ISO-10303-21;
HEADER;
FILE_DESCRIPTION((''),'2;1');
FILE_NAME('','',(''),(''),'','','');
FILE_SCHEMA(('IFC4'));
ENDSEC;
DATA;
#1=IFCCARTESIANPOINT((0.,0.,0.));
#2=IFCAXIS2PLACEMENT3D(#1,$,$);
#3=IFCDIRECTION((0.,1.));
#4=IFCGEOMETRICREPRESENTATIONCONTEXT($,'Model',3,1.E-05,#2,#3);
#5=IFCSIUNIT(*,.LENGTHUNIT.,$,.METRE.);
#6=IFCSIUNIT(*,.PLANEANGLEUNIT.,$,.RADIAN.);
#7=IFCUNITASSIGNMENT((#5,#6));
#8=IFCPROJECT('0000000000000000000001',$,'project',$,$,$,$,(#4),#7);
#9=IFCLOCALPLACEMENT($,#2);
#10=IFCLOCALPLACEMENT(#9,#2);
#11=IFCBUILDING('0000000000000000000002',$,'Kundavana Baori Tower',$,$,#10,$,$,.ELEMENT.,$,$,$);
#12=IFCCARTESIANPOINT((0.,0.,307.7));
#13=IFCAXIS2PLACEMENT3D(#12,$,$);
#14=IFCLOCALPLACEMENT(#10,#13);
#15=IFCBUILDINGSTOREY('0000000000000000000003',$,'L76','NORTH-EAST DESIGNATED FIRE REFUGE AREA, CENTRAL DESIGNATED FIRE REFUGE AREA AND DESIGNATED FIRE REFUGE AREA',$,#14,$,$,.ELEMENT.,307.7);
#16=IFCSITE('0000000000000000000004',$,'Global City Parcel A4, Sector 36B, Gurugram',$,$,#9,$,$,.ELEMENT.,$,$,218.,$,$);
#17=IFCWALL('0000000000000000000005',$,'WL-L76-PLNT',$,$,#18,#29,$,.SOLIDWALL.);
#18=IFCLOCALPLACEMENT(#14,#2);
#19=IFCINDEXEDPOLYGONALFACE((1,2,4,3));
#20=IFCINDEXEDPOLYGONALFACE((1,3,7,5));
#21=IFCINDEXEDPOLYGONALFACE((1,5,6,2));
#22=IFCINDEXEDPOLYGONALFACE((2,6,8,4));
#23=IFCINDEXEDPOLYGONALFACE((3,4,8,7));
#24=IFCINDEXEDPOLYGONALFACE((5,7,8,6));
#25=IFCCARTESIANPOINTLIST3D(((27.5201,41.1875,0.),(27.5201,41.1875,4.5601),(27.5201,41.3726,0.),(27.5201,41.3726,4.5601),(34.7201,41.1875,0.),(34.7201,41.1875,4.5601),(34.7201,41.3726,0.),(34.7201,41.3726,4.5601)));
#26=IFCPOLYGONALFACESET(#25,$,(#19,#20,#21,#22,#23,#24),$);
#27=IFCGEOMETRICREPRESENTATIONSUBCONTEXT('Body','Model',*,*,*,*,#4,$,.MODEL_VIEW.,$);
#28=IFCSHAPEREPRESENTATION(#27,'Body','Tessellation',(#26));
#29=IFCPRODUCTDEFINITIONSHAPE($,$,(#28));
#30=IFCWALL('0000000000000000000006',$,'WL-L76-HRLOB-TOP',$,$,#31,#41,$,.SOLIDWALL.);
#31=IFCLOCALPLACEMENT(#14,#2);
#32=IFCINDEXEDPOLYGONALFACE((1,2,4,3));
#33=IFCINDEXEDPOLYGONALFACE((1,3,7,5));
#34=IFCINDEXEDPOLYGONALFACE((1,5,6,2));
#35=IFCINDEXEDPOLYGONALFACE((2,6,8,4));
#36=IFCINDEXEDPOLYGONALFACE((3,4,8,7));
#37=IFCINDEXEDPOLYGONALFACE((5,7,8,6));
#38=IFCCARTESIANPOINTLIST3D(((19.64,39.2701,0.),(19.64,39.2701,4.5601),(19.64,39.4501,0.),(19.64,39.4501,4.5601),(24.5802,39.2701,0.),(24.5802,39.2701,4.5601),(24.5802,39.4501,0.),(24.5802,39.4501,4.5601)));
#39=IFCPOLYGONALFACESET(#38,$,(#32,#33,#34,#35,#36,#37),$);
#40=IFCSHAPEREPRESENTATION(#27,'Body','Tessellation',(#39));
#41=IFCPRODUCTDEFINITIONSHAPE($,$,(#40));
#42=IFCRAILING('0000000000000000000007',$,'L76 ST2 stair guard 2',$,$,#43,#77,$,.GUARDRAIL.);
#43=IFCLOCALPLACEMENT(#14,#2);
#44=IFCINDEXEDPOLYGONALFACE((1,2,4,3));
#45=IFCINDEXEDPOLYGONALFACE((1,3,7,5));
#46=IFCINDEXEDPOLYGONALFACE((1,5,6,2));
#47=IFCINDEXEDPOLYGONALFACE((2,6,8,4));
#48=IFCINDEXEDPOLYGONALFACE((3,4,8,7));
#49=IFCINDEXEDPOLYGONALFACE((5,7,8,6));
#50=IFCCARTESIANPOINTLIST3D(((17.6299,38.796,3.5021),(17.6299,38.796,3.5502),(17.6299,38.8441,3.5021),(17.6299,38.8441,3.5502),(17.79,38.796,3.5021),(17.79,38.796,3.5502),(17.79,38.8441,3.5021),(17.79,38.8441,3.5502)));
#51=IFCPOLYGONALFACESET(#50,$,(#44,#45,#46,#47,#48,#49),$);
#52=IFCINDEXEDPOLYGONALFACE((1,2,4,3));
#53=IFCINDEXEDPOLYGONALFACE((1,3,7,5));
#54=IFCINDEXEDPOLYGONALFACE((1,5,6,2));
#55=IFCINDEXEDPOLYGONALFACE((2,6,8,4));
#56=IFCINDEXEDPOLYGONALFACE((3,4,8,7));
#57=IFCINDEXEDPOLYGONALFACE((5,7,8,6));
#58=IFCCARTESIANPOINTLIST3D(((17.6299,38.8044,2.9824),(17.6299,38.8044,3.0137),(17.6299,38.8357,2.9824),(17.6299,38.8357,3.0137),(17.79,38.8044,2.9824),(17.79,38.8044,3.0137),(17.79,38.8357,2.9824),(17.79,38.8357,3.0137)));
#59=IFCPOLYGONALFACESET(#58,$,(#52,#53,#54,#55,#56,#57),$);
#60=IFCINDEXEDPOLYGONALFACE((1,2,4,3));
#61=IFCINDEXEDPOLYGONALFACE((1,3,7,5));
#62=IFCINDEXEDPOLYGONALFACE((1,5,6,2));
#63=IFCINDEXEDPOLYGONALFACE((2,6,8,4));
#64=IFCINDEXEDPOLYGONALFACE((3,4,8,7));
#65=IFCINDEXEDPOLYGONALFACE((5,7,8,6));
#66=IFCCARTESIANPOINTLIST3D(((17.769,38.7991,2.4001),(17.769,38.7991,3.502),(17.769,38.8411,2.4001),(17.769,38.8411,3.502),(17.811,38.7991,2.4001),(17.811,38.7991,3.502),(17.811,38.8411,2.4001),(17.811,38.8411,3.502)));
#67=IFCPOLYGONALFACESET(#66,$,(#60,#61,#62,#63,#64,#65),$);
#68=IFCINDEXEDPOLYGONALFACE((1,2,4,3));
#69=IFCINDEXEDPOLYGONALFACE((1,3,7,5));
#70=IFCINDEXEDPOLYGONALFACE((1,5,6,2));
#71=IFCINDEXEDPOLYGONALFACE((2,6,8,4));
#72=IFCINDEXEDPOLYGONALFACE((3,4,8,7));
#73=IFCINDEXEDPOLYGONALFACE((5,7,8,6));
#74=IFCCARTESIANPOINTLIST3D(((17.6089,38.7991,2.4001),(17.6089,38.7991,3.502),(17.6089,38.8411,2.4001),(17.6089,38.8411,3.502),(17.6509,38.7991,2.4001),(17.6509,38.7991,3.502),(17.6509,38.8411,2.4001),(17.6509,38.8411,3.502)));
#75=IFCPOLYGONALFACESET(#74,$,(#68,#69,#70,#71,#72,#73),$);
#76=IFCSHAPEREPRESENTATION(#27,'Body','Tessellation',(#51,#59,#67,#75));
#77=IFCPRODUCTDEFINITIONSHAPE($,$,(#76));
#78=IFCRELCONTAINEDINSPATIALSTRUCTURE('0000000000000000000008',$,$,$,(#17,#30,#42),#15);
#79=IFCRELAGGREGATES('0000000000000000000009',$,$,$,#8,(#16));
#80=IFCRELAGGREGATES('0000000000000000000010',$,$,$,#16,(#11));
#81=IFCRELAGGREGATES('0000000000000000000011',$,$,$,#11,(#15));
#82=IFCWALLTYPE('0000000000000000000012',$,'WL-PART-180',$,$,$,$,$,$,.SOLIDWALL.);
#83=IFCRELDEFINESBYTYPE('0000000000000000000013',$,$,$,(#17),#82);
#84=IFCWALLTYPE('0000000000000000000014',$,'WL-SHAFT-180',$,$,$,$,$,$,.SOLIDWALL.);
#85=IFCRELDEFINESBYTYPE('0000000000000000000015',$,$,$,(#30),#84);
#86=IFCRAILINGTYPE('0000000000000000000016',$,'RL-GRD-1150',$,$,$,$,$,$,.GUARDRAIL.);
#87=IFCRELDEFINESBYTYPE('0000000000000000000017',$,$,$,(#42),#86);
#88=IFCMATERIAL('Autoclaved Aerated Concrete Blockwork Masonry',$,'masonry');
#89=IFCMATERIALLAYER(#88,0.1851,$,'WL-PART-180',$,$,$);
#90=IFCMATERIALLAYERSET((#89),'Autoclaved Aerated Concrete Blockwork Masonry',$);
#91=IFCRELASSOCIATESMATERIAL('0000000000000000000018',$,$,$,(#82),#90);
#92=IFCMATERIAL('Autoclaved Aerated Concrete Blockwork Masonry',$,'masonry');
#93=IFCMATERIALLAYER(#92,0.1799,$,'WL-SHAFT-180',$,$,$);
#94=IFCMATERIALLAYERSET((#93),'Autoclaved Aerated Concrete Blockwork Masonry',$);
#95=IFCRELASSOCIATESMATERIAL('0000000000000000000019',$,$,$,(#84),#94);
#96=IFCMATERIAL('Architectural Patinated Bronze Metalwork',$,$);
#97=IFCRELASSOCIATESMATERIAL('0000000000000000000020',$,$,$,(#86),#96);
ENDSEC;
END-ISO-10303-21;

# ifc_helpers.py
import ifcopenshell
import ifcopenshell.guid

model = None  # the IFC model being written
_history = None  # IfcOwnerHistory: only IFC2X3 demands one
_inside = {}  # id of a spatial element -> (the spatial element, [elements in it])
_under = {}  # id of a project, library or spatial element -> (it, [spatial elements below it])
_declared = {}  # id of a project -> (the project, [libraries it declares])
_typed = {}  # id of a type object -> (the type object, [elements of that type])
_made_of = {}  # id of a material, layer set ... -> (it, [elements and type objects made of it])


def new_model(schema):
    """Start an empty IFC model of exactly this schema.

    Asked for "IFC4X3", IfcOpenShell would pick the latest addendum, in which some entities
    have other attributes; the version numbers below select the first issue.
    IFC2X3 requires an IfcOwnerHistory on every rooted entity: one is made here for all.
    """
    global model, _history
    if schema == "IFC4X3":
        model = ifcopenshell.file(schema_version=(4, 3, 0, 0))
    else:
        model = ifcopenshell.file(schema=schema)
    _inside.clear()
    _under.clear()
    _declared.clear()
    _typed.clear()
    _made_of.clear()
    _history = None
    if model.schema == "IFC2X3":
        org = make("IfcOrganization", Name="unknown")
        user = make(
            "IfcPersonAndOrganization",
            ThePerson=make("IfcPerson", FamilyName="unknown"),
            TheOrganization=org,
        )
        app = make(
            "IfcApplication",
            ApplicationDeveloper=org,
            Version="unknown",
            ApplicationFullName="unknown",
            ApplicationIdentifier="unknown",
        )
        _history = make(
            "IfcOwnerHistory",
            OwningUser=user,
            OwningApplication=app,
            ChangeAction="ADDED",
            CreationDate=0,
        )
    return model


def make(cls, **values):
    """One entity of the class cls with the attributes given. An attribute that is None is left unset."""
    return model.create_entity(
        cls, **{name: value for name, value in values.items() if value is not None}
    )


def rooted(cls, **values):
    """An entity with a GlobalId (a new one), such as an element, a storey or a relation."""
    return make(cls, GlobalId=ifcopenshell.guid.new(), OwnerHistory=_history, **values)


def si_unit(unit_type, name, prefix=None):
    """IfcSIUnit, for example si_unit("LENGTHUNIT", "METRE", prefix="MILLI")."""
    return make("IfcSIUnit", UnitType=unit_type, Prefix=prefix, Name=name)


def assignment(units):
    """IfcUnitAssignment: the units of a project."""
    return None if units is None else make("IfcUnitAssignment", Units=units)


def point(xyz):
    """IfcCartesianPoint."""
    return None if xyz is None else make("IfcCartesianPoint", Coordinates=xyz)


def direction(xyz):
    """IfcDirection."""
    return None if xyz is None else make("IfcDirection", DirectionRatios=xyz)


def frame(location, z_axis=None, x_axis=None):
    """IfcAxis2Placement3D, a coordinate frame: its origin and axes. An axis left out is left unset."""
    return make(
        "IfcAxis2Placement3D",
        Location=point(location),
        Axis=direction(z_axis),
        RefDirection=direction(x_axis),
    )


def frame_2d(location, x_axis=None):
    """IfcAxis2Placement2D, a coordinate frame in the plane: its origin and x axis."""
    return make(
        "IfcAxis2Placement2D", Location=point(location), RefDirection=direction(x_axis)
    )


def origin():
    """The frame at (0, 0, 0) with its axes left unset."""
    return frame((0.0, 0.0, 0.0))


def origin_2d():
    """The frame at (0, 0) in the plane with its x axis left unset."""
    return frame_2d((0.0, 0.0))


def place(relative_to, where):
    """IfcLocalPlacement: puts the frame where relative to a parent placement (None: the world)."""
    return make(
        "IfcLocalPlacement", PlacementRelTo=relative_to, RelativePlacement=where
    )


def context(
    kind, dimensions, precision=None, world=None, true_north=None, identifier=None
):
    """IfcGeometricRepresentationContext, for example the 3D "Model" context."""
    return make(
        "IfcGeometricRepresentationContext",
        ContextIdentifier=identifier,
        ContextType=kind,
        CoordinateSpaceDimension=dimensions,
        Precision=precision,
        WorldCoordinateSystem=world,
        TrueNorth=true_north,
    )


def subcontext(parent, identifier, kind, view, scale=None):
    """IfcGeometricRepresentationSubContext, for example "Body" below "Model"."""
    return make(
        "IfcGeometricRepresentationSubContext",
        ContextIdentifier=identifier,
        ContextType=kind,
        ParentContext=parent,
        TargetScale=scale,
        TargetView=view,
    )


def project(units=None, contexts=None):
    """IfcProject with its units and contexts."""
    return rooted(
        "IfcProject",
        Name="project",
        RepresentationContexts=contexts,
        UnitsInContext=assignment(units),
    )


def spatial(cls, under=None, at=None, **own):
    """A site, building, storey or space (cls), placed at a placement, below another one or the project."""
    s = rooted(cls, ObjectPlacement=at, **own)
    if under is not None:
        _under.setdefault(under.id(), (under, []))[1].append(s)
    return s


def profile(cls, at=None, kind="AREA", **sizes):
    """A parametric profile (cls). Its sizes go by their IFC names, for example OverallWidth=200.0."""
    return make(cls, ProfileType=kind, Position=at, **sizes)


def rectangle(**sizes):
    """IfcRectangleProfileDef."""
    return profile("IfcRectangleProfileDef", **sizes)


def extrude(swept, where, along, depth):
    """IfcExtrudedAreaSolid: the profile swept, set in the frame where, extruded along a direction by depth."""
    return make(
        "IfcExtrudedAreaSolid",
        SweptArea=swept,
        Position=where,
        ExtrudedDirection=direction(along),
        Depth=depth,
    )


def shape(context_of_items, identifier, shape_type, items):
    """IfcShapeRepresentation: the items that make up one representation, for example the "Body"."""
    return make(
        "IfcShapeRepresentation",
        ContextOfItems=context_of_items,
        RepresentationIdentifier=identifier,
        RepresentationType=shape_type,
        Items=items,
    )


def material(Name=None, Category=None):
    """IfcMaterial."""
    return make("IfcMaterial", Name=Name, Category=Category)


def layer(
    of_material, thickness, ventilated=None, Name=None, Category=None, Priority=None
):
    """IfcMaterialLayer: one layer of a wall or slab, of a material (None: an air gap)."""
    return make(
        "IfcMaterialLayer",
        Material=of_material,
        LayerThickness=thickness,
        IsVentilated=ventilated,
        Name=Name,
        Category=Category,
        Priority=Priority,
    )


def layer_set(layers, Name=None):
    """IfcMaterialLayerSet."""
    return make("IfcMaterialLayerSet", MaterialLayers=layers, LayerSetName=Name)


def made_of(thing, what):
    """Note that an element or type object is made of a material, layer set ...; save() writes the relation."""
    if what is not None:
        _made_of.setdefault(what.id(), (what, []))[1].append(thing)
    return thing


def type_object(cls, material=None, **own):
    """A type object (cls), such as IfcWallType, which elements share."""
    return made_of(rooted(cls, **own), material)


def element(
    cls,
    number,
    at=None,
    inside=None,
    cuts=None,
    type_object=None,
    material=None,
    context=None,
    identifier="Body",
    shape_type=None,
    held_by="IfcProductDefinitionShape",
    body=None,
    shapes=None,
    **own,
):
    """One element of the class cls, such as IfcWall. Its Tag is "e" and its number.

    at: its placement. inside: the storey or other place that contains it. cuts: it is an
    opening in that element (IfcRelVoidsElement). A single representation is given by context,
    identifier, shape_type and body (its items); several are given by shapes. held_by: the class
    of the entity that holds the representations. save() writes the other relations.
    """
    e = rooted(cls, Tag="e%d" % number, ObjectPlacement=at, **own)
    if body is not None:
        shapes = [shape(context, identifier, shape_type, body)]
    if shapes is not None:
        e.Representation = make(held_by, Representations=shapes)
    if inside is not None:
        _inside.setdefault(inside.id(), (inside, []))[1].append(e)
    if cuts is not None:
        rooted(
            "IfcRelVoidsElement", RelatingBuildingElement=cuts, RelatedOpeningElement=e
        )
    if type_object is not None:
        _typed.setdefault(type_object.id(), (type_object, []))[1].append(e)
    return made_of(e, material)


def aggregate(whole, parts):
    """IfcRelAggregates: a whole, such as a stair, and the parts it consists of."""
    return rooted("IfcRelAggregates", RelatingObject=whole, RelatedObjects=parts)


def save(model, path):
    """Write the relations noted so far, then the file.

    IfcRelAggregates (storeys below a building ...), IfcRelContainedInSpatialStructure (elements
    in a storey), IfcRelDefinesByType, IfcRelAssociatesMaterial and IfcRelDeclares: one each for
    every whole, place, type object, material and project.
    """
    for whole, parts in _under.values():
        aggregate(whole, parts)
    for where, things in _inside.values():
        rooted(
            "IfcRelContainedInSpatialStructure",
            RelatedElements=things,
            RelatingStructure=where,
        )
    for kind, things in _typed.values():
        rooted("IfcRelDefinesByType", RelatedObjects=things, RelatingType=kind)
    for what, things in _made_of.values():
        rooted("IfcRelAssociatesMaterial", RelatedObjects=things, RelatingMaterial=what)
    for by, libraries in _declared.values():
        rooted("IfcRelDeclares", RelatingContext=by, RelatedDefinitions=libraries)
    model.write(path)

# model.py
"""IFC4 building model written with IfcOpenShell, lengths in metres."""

from ifc_helpers import new_model, si_unit, direction, frame, frame_2d, origin, origin_2d, place, context, subcontext, project, spatial, rectangle, extrude, material, layer, layer_set, type_object, element, save


model = new_model("IFC4")

# Units and contexts
model_context = context("Model", 3, precision=1e-05, world=origin(), true_north=direction((0.0, 1.0)))
body_context = subcontext(model_context, "Body", "Model", "MODEL_VIEW")
ifc_project = project(units=[si_unit("LENGTHUNIT", "METRE"), si_unit("PLANEANGLEUNIT", "RADIAN")], contexts=[model_context])

# Site, building, storey
site_placement = place(None, origin())
site = spatial("IfcSite", under=ifc_project, at=site_placement, Name="Global City Parcel A4, Sector 36B, Gurugram", CompositionType="ELEMENT", RefElevation=218.0)
building_placement = place(site_placement, origin())
building = spatial("IfcBuilding", under=site, at=building_placement, Name="Kundavana Baori Tower", CompositionType="ELEMENT")
storey_placement = place(building_placement, frame((0.0, 0.0, 307.7)))
storey = spatial("IfcBuildingStorey", under=building, at=storey_placement, Name="L76", Description="NORTH-EAST DESIGNATED FIRE REFUGE AREA, CENTRAL DESIGNATED FIRE REFUGE AREA AND DESIGNATED FIRE REFUGE AREA", CompositionType="ELEMENT", Elevation=307.7)

# Walls
ifc_material_1 = material(Name="Autoclaved Aerated Concrete Blockwork Masonry", Category="masonry")
ifc_layer_1 = layer(ifc_material_1, 0.1851, Name="WL-PART-180")
ifc_layer_set_1 = layer_set([ifc_layer_1], Name="Autoclaved Aerated Concrete Blockwork Masonry")
wall_type_1 = type_object("IfcWallType", Name="WL-PART-180", PredefinedType="SOLIDWALL", material=ifc_layer_set_1)
wall_1_placement = place(storey_placement, frame((27.52, 41.28, 0.0), z_axis=(0.0, 0.0, 1.0), x_axis=(1.0, 0.0, 0.0)))
element("IfcWall", 1, at=wall_1_placement, inside=storey, type_object=wall_type_1, Name="WL-L76-PLNT", PredefinedType="SOLIDWALL", context=body_context, shape_type="SweptSolid", body=[
    extrude(rectangle(XDim=7.2, YDim=0.1851, at=frame_2d((3.6001, 0.0))), origin(), (0.0, 0.0, 1.0), 4.5601),
])
ifc_material_2 = material(Name="Autoclaved Aerated Concrete Blockwork Masonry", Category="masonry")
ifc_layer_2 = layer(ifc_material_2, 0.1799, Name="WL-SHAFT-180")
ifc_layer_set_2 = layer_set([ifc_layer_2], Name="Autoclaved Aerated Concrete Blockwork Masonry")
wall_type_2 = type_object("IfcWallType", Name="WL-SHAFT-180", PredefinedType="SOLIDWALL", material=ifc_layer_set_2)
wall_2_placement = place(storey_placement, frame((19.6399, 39.3601, 0.0), z_axis=(0.0, 0.0, 1.0), x_axis=(1.0, 0.0, 0.0)))
element("IfcWall", 2, at=wall_2_placement, inside=storey, type_object=wall_type_2, Name="WL-L76-HRLOB-TOP", PredefinedType="SOLIDWALL", context=body_context, shape_type="SweptSolid", body=[
    extrude(rectangle(XDim=4.9402, YDim=0.1799, at=frame_2d((2.4702, 0.0))), origin(), (0.0, 0.0, 1.0), 4.5601),
])

# Railing
ifc_material_3 = material(Name="Architectural Patinated Bronze Metalwork")
railing_type = type_object("IfcRailingType", Name="RL-GRD-1150", PredefinedType="GUARDRAIL", material=ifc_material_3)
railing_placement = place(storey_placement, frame((17.79, 38.8201, 2.4001)))
element("IfcRailing", 3, at=railing_placement, inside=storey, type_object=railing_type, Name="L76 ST2 stair guard 2", PredefinedType="GUARDRAIL", context=body_context, shape_type="SweptSolid", body=[
    extrude(rectangle(XDim=0.0481, YDim=0.0481, at=origin_2d()), frame((0.0, 0.0, 1.126), z_axis=(-1.0, 0.0, 0.0), x_axis=(0.0, -1.0, 0.0)), (0.0, 0.0, 1.0), 0.1602),
    extrude(rectangle(XDim=0.0312, YDim=0.0312, at=origin_2d()), frame((0.0, 0.0, 0.5979), z_axis=(-1.0, 0.0, 0.0), x_axis=(0.0, -1.0, 0.0)), (0.0, 0.0, 1.0), 0.1602),
    extrude(rectangle(XDim=0.042, YDim=0.042, at=origin_2d()), origin(), (0.0, 0.0, 1.0), 1.1018),
    extrude(rectangle(XDim=0.042, YDim=0.042, at=origin_2d()), frame((-0.1602, 0.0, 0.0)), (0.0, 0.0, 1.0), 1.1018),
])

save(model, "model.ifc")
